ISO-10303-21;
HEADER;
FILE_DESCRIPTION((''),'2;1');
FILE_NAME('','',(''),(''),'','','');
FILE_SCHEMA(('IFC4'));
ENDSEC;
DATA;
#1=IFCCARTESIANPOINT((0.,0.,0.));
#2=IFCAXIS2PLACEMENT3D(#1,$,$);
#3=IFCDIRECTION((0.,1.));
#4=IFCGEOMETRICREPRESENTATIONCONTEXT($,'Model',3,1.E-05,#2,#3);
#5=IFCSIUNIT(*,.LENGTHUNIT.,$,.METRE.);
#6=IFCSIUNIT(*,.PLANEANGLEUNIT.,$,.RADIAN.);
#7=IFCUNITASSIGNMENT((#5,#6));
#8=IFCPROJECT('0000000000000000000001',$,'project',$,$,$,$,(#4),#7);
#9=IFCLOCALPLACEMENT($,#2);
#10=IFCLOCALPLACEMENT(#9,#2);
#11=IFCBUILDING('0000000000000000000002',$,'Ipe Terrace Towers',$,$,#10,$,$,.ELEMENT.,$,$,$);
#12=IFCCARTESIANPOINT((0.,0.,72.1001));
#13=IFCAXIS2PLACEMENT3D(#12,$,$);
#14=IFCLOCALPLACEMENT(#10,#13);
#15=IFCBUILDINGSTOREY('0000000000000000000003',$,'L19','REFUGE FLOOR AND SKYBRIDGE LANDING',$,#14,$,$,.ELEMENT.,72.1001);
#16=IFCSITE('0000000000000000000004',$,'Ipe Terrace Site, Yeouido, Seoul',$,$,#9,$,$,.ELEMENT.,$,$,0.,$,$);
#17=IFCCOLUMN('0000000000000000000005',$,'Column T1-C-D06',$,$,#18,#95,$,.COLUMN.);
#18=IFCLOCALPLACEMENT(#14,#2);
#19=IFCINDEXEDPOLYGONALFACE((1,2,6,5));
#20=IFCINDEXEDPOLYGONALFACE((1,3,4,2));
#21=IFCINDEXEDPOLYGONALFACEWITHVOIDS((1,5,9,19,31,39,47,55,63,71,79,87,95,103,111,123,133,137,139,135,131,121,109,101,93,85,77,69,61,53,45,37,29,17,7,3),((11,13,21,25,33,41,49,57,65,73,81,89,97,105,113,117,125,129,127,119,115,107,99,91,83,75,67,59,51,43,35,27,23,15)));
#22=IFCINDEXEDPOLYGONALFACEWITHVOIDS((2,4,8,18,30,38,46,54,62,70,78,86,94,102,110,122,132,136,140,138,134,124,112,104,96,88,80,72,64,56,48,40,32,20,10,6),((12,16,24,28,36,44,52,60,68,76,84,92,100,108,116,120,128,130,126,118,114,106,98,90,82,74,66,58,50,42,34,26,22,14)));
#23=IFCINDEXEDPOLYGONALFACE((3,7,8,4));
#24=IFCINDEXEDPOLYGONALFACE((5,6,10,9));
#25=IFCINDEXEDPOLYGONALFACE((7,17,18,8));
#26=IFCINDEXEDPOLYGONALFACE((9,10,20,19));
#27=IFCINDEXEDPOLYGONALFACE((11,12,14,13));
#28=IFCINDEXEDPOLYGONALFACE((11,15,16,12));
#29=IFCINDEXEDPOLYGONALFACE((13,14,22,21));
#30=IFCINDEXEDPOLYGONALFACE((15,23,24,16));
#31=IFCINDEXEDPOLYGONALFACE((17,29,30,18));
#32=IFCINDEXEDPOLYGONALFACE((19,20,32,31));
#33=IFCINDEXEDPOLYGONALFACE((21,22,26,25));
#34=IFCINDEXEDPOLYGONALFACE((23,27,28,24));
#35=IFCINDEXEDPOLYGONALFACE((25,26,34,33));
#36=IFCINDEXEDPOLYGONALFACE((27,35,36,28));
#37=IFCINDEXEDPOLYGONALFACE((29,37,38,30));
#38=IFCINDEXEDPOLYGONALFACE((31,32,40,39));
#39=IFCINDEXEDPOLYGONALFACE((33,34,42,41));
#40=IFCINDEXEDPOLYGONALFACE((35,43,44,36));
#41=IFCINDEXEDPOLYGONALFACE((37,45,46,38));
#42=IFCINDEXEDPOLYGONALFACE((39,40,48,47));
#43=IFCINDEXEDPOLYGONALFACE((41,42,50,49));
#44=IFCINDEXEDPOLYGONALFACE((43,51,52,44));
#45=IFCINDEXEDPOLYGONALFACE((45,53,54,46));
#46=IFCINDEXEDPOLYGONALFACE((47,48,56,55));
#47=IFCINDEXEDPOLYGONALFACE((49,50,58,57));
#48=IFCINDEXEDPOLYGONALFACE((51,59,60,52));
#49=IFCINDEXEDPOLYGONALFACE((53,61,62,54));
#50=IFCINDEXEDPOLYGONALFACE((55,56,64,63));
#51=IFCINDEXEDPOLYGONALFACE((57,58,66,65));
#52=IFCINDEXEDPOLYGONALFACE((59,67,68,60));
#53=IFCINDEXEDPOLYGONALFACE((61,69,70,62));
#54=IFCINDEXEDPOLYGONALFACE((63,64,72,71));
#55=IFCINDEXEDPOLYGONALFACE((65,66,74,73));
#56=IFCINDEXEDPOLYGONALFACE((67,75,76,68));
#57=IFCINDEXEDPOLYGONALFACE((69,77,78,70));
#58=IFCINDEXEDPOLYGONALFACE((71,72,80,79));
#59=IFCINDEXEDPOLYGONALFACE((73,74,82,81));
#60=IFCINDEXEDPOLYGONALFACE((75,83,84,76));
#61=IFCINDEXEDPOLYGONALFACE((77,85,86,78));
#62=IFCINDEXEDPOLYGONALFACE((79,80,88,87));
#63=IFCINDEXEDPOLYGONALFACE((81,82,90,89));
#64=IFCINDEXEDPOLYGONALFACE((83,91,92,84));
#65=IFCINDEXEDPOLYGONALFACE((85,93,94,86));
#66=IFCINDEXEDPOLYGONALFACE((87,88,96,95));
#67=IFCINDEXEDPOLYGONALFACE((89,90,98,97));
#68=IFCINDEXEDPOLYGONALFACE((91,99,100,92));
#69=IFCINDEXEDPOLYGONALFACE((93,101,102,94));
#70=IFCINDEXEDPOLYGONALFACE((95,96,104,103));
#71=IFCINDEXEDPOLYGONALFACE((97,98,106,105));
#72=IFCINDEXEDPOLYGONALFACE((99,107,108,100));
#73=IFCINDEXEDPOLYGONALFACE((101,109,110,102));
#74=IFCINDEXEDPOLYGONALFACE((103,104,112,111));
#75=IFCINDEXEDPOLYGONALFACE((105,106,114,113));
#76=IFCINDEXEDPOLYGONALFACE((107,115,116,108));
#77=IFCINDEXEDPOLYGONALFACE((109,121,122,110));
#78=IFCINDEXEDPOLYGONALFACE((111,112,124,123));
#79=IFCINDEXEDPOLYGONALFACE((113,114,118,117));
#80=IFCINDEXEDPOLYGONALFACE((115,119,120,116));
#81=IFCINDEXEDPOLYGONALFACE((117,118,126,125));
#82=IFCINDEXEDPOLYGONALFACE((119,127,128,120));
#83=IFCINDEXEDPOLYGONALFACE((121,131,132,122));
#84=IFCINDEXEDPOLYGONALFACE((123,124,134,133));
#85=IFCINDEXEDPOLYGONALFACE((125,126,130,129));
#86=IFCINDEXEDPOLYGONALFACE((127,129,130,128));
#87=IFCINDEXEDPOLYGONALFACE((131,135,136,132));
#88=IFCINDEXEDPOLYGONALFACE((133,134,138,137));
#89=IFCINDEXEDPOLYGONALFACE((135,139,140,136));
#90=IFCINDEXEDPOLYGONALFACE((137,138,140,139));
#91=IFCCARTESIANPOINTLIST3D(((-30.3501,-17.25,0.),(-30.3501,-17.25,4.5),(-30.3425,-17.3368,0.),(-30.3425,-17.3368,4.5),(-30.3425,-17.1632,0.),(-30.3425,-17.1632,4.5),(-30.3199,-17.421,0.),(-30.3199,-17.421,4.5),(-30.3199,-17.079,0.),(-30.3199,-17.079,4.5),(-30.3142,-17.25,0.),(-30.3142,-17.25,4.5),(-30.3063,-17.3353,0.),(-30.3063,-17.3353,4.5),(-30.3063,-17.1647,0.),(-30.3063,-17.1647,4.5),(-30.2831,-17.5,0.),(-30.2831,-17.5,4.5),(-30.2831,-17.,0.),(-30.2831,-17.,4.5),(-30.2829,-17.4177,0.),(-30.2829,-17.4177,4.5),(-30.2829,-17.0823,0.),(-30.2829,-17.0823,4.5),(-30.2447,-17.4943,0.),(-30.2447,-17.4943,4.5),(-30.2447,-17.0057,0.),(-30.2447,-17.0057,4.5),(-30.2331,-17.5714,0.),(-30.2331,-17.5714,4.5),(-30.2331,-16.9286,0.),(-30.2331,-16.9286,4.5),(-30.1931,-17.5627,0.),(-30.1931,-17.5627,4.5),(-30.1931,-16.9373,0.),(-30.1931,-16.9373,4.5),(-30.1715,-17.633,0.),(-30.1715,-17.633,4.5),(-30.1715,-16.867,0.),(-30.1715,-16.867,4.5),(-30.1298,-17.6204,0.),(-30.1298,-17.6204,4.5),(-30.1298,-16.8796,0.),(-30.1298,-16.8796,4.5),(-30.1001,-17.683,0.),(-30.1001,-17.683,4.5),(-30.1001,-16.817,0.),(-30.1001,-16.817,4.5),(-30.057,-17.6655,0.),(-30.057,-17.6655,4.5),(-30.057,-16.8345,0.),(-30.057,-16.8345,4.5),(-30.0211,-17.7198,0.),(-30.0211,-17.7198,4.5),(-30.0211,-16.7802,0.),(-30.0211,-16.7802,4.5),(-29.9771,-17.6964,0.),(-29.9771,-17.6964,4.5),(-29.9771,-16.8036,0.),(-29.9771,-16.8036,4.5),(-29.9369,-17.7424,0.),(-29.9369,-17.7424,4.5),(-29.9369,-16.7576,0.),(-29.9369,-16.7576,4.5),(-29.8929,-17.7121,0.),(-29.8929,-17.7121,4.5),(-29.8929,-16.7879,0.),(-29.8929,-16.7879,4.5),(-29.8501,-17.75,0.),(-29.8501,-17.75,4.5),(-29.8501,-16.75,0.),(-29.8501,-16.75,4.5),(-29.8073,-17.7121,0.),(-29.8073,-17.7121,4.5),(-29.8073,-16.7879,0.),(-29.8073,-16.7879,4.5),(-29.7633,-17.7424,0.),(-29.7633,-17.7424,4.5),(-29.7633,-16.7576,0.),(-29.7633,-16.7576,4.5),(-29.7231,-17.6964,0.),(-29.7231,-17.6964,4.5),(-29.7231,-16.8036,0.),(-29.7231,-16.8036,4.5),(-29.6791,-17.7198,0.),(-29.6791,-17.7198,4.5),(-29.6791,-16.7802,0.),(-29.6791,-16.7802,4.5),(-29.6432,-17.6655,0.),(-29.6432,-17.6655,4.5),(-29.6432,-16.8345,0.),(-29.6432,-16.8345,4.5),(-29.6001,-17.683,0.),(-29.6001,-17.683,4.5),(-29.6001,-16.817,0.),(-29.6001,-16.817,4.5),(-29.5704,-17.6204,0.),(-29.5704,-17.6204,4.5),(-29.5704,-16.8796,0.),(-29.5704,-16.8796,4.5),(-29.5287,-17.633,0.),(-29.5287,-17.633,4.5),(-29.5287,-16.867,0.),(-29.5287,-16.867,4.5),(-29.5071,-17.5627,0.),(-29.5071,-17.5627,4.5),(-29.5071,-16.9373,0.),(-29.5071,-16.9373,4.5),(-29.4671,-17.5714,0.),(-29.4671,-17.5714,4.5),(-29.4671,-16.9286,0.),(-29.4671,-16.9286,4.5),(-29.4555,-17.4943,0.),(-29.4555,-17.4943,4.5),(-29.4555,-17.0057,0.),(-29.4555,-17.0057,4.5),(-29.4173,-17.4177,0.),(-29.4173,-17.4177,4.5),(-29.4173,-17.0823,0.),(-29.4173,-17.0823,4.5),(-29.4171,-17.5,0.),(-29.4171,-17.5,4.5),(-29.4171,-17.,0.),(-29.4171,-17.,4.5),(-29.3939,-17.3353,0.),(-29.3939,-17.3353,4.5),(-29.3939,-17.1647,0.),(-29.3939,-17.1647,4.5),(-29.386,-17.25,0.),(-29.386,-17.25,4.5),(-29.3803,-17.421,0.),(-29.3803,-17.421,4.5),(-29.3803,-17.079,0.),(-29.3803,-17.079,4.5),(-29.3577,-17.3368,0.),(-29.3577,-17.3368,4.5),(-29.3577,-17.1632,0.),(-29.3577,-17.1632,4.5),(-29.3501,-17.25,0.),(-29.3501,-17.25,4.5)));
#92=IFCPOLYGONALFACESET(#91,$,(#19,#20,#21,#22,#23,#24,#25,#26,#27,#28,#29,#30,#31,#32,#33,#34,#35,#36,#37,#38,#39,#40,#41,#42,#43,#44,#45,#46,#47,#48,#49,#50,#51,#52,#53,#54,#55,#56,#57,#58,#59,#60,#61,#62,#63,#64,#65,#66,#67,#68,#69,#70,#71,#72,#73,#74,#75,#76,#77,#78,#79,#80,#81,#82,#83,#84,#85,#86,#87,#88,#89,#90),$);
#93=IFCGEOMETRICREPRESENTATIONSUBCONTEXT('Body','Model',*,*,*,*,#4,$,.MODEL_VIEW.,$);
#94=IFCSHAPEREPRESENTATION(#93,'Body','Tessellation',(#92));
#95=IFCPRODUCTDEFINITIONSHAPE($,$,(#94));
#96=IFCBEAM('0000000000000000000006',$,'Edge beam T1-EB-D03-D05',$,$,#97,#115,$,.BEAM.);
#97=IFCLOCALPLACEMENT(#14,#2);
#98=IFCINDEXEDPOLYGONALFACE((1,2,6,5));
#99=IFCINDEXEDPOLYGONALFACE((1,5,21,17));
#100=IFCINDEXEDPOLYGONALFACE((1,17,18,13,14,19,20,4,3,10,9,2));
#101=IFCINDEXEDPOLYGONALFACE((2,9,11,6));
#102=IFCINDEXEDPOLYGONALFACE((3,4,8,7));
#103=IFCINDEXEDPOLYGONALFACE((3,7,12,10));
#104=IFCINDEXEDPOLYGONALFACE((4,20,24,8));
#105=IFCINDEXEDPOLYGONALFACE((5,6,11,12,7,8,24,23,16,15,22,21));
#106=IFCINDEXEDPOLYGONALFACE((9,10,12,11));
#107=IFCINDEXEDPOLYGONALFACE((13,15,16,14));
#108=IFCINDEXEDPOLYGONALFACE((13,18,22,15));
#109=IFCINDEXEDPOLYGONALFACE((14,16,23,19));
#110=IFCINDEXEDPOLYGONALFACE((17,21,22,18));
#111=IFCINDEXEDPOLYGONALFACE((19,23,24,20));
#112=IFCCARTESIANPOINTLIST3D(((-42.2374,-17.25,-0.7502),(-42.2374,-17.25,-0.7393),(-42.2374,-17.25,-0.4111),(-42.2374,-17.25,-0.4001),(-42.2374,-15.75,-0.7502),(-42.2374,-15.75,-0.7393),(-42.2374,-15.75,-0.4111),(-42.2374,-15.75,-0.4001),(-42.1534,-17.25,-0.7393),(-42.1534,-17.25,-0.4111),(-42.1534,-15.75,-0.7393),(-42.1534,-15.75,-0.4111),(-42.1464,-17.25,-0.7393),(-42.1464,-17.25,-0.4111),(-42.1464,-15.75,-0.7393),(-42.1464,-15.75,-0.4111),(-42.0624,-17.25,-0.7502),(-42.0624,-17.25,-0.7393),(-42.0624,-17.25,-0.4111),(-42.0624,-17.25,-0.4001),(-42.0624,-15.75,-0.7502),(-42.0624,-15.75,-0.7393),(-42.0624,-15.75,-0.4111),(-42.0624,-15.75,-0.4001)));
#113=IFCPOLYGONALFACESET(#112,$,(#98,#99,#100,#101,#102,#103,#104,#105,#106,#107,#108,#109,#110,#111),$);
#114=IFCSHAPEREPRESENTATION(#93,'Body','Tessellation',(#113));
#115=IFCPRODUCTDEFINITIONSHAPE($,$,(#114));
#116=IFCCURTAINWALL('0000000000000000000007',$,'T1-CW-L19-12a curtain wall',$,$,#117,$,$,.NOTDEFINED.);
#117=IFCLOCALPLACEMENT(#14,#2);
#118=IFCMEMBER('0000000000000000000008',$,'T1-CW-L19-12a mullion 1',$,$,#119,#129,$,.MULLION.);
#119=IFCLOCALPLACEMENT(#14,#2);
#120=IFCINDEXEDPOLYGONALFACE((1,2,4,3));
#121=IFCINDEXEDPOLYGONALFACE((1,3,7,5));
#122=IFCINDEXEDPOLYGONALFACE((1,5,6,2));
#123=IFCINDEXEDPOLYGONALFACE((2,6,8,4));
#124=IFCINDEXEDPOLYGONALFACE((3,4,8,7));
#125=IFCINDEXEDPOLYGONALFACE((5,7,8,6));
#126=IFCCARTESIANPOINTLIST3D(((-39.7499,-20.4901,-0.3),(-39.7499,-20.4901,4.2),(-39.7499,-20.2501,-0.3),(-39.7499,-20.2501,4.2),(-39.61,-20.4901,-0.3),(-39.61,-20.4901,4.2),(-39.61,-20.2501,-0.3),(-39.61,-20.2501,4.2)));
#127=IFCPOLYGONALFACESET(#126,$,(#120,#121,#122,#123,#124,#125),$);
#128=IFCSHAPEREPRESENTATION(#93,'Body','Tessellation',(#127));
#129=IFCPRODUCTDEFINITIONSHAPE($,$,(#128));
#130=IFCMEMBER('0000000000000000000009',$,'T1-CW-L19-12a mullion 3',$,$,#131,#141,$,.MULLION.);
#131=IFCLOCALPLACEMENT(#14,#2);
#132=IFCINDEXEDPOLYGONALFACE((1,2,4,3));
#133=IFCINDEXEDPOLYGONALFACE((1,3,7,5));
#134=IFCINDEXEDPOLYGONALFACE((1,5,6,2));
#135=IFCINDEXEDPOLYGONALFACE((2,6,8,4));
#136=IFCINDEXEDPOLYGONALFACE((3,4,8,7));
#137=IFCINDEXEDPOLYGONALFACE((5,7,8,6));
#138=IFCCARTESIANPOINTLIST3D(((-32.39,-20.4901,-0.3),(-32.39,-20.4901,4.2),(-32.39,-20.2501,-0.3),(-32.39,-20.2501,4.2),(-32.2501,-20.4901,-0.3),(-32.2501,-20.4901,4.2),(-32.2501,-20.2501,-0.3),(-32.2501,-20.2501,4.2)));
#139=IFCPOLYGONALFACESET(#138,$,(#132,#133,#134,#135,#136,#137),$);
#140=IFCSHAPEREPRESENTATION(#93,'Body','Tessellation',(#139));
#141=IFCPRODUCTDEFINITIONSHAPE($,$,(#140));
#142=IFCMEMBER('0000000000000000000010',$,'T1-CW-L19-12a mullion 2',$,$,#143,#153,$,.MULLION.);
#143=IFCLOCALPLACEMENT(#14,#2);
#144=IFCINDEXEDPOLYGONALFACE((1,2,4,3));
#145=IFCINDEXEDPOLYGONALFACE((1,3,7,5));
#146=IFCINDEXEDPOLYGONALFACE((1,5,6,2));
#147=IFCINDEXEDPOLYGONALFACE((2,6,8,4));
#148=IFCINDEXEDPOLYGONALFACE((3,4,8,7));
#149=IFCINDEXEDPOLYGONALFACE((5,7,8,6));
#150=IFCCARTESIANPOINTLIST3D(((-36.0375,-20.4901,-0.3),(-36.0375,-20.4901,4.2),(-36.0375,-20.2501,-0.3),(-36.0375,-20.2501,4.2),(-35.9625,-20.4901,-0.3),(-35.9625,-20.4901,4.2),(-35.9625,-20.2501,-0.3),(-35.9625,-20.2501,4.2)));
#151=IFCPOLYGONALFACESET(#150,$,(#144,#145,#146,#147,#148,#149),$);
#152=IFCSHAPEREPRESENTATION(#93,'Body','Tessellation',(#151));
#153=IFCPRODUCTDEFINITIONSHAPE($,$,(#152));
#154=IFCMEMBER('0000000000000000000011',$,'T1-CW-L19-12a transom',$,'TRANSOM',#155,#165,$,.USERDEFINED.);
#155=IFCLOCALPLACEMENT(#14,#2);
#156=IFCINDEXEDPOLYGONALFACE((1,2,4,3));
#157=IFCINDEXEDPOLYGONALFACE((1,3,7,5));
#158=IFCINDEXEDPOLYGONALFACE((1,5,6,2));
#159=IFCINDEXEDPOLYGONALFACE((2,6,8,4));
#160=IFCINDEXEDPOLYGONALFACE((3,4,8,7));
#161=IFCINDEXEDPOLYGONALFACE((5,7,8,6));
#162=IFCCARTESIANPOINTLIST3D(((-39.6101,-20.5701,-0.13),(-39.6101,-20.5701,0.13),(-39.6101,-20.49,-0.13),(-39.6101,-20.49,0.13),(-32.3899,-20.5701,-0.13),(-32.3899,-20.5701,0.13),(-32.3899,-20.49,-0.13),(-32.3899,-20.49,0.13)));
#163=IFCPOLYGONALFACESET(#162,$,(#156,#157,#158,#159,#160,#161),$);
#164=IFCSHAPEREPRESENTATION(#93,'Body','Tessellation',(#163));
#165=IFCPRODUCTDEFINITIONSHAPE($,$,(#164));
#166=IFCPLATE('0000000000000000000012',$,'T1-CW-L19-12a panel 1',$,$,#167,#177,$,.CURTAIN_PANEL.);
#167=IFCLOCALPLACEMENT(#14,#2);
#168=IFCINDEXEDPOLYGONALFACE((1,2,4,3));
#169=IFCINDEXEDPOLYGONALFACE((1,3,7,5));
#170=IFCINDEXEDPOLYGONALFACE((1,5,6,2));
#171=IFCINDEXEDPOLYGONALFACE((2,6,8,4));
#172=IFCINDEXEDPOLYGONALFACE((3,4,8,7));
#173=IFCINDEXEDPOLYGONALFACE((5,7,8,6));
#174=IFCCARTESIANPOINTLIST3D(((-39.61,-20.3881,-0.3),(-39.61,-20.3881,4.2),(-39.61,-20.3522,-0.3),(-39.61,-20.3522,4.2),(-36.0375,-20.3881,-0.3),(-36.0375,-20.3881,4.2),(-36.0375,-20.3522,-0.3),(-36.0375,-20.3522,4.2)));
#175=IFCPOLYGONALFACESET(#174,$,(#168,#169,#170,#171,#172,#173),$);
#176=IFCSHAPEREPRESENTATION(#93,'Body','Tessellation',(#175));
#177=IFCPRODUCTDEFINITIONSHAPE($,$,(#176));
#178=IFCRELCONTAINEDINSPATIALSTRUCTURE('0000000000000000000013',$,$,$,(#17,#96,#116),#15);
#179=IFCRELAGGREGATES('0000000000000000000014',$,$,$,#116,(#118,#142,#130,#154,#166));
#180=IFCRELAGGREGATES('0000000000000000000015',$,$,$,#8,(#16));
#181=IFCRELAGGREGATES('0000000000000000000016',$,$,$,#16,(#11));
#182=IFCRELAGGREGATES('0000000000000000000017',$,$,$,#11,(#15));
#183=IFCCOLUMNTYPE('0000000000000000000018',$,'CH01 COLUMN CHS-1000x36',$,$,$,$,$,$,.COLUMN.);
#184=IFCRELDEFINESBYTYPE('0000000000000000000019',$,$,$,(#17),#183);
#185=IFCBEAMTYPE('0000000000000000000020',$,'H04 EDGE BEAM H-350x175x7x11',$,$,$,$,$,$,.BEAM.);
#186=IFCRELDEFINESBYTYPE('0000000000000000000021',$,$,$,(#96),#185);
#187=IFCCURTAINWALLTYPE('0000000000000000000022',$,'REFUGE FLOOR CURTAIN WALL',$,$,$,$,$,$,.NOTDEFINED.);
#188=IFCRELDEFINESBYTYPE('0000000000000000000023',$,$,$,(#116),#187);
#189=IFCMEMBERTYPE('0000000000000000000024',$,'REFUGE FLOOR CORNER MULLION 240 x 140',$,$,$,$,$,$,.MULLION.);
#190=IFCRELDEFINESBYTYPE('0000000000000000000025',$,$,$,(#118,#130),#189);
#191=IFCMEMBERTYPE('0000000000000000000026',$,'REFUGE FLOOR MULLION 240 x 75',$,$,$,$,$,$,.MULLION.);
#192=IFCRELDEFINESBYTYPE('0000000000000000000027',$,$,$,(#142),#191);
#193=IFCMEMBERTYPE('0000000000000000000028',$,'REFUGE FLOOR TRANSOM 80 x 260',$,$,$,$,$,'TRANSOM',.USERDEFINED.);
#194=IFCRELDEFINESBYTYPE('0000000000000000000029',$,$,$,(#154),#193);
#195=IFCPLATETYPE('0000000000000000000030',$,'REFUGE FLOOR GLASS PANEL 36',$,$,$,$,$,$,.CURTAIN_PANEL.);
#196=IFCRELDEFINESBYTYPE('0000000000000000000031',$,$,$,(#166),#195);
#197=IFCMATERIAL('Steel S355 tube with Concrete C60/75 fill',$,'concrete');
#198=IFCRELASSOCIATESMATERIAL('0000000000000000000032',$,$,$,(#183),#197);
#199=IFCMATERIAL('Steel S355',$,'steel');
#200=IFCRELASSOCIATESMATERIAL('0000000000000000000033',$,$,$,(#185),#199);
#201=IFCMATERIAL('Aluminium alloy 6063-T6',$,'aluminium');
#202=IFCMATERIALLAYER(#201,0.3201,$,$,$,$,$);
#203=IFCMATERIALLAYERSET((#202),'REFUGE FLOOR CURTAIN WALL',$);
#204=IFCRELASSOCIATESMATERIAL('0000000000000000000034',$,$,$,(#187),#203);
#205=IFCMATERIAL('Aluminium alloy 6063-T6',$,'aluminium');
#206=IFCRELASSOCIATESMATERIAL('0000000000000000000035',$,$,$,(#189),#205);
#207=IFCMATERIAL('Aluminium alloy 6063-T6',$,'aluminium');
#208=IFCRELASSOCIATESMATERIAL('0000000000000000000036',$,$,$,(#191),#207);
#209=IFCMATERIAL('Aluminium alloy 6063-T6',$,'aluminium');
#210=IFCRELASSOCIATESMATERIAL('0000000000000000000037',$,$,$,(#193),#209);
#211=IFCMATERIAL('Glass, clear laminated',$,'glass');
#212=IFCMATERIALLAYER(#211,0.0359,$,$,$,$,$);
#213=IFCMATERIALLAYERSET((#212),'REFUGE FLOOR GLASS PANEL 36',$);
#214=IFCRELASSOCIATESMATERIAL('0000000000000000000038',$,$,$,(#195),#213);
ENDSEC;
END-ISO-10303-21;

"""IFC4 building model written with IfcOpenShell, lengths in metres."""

from ifc_helpers import new_model, si_unit, direction, frame, origin, origin_2d, place, context, subcontext, project, spatial, rectangle, hollow_circle, i_section, extrude, material, layer, layer_set, material_profile, profile_set, type_object, element, aggregate, save


model = new_model("IFC4")

# Units and contexts
model_context = context("Model", 3, precision=1e-05, world=origin(), true_north=direction((0.0, 1.0)))
body_context = subcontext(model_context, "Body", "Model", "MODEL_VIEW")
ifc_project = project(units=[si_unit("LENGTHUNIT", "METRE"), si_unit("PLANEANGLEUNIT", "RADIAN")], contexts=[model_context])

# Site, building, storey
site_placement = place(None, origin())
site = spatial("IfcSite", under=ifc_project, at=site_placement, Name="Ipe Terrace Site, Yeouido, Seoul", CompositionType="ELEMENT", RefElevation=0.0)
building_placement = place(site_placement, origin())
building = spatial("IfcBuilding", under=site, at=building_placement, Name="Ipe Terrace Towers", CompositionType="ELEMENT")
storey_placement = place(building_placement, frame((0.0, 0.0, 72.1001)))
storey = spatial("IfcBuildingStorey", under=building, at=storey_placement, Name="L19", Description="REFUGE FLOOR AND SKYBRIDGE LANDING", CompositionType="ELEMENT", Elevation=72.1001)

# Column
ifc_material_1 = material(Name="Steel S355 tube with Concrete C60/75 fill", Category="concrete")
ifc_material_profile_1 = material_profile(ifc_material_1, hollow_circle(Radius=0.5, WallThickness=0.0359, at=origin_2d()), Name="CHS-1000x36")
ifc_profile_set_1 = profile_set([ifc_material_profile_1], Name="Steel S355 tube with Concrete C60/75 fill")
column_type = type_object("IfcColumnType", Name="CH01 COLUMN CHS-1000x36", PredefinedType="COLUMN", material=ifc_profile_set_1)
for number, where, z_axis, x_axis, name in (
    (1, (-29.8501, -17.25, 0.0), (0.0, 0.0, 1.0), (1.0, 0.0, 0.0), "Column T1-C-D06"),
):
    element("IfcColumn", number, at=place(storey_placement, frame(where, z_axis=z_axis, x_axis=x_axis)), inside=storey, type_object=column_type, Name=name, PredefinedType="COLUMN", context=body_context, shape_type="SweptSolid", body=[
        extrude(hollow_circle(Radius=0.5, WallThickness=0.0359, at=origin_2d()), origin(), (0.0, 0.0, 1.0), 4.5),
    ])

# Beam
ifc_material_2 = material(Name="Steel S355", Category="steel")
ifc_material_profile_2 = material_profile(ifc_material_2, i_section(OverallWidth=0.175, OverallDepth=0.3501, WebThickness=0.0071, FlangeThickness=0.011, at=origin_2d()), Name="H-350x175x7x11")
ifc_profile_set_2 = profile_set([ifc_material_profile_2], Name="Steel S355")
beam_type = type_object("IfcBeamType", Name="H04 EDGE BEAM H-350x175x7x11", PredefinedType="BEAM", material=ifc_profile_set_2)
beam_placement = place(storey_placement, frame((-42.1499, -15.75, -0.5752), z_axis=(0.0, -1.0, 0.0), x_axis=(1.0, 0.0, 0.0)))
element("IfcBeam", 2, at=beam_placement, inside=storey, type_object=beam_type, Name="Edge beam T1-EB-D03-D05", PredefinedType="BEAM", context=body_context, shape_type="SweptSolid", body=[
    extrude(i_section(OverallWidth=0.175, OverallDepth=0.3501, WebThickness=0.0071, FlangeThickness=0.011, at=origin_2d()), origin(), (0.0, 0.0, 1.0), 1.5),
])

# Curtain wall, members, plate
ifc_material_3 = material(Name="Aluminium alloy 6063-T6", Category="aluminium")
ifc_layer_1 = layer(ifc_material_3, 0.3201)
ifc_layer_set_1 = layer_set([ifc_layer_1], Name="REFUGE FLOOR CURTAIN WALL")
curtain_wall_type = type_object("IfcCurtainWallType", Name="REFUGE FLOOR CURTAIN WALL", PredefinedType="NOTDEFINED", material=ifc_layer_set_1)
curtain_wall_placement = place(storey_placement, origin())
curtain_wall = element("IfcCurtainWall", 3, at=curtain_wall_placement, inside=storey, type_object=curtain_wall_type, Name="T1-CW-L19-12a curtain wall", PredefinedType="NOTDEFINED")
ifc_material_4 = material(Name="Aluminium alloy 6063-T6", Category="aluminium")
ifc_material_profile_3 = material_profile(ifc_material_4, rectangle(XDim=0.24, YDim=0.1399, at=origin_2d()), Name="REFUGE FLOOR CORNER MULLION 240 x 140")
ifc_profile_set_3 = profile_set([ifc_material_profile_3], Name="Aluminium alloy 6063-T6")
member_type_1 = type_object("IfcMemberType", Name="REFUGE FLOOR CORNER MULLION 240 x 140", PredefinedType="MULLION", material=ifc_profile_set_3)
member_1_placement = place(storey_placement, frame((-39.6799, -20.3701, -0.3), z_axis=(0.0, 0.0, 1.0), x_axis=(0.0, -1.0, 0.0)))
member_1 = element("IfcMember", 4, at=member_1_placement, type_object=member_type_1, Name="T1-CW-L19-12a mullion 1", PredefinedType="MULLION", context=body_context, shape_type="SweptSolid", body=[
    extrude(rectangle(XDim=0.24, YDim=0.1399, at=origin_2d()), origin(), (0.0, 0.0, 1.0), 4.5),
])
member_2_placement = place(storey_placement, frame((-32.3201, -20.3701, -0.3), z_axis=(0.0, 0.0, 1.0), x_axis=(0.0, -1.0, 0.0)))
member_2 = element("IfcMember", 5, at=member_2_placement, type_object=member_type_1, Name="T1-CW-L19-12a mullion 3", PredefinedType="MULLION", context=body_context, shape_type="SweptSolid", body=[
    extrude(rectangle(XDim=0.24, YDim=0.1399, at=origin_2d()), origin(), (0.0, 0.0, 1.0), 4.5),
])
ifc_material_5 = material(Name="Aluminium alloy 6063-T6", Category="aluminium")
ifc_material_profile_4 = material_profile(ifc_material_5, rectangle(XDim=0.24, YDim=0.075, at=origin_2d()), Name="REFUGE FLOOR MULLION 240 x 75")
ifc_profile_set_4 = profile_set([ifc_material_profile_4], Name="Aluminium alloy 6063-T6")
member_type_2 = type_object("IfcMemberType", Name="REFUGE FLOOR MULLION 240 x 75", PredefinedType="MULLION", material=ifc_profile_set_4)
member_3_placement = place(storey_placement, frame((-36.0, -20.3701, -0.3), z_axis=(0.0, 0.0, 1.0), x_axis=(0.0, -1.0, 0.0)))
member_3 = element("IfcMember", 6, at=member_3_placement, type_object=member_type_2, Name="T1-CW-L19-12a mullion 2", PredefinedType="MULLION", context=body_context, shape_type="SweptSolid", body=[
    extrude(rectangle(XDim=0.24, YDim=0.075, at=origin_2d()), origin(), (0.0, 0.0, 1.0), 4.5),
])
ifc_material_6 = material(Name="Aluminium alloy 6063-T6", Category="aluminium")
ifc_material_profile_5 = material_profile(ifc_material_6, rectangle(XDim=0.0801, YDim=0.26, at=origin_2d()), Name="REFUGE FLOOR TRANSOM 80 x 260")
ifc_profile_set_5 = profile_set([ifc_material_profile_5], Name="Aluminium alloy 6063-T6")
member_type_3 = type_object("IfcMemberType", Name="REFUGE FLOOR TRANSOM 80 x 260", ElementType="TRANSOM", PredefinedType="USERDEFINED", material=ifc_profile_set_5)
member_4_placement = place(storey_placement, frame((-39.6101, -20.53, 0.0), z_axis=(1.0, 0.0, 0.0), x_axis=(0.0, -1.0, 0.0)))
member_4 = element("IfcMember", 7, at=member_4_placement, type_object=member_type_3, Name="T1-CW-L19-12a transom", ObjectType="TRANSOM", PredefinedType="USERDEFINED", context=body_context, shape_type="SweptSolid", body=[
    extrude(rectangle(XDim=0.0801, YDim=0.26, at=origin_2d()), origin(), (0.0, 0.0, 1.0), 7.2202),
])
ifc_material_7 = material(Name="Glass, clear laminated", Category="glass")
ifc_layer_2 = layer(ifc_material_7, 0.0359)
ifc_layer_set_2 = layer_set([ifc_layer_2], Name="REFUGE FLOOR GLASS PANEL 36")
plate_type = type_object("IfcPlateType", Name="REFUGE FLOOR GLASS PANEL 36", PredefinedType="CURTAIN_PANEL", material=ifc_layer_set_2)
plate_1_placement = place(storey_placement, frame((-37.8237, -20.3701, -0.3), z_axis=(0.0, 0.0, 1.0), x_axis=(1.0, 0.0, 0.0)))
plate_1 = element("IfcPlate", 8, at=plate_1_placement, type_object=plate_type, Name="T1-CW-L19-12a panel 1", PredefinedType="CURTAIN_PANEL", context=body_context, shape_type="SweptSolid", body=[
    extrude(rectangle(XDim=3.5725, YDim=0.0359, at=origin_2d()), origin(), (0.0, 0.0, 1.0), 4.5),
])
aggregate(curtain_wall, [member_1, member_3, member_2, member_4, plate_1])

save(model, "model.ifc")
